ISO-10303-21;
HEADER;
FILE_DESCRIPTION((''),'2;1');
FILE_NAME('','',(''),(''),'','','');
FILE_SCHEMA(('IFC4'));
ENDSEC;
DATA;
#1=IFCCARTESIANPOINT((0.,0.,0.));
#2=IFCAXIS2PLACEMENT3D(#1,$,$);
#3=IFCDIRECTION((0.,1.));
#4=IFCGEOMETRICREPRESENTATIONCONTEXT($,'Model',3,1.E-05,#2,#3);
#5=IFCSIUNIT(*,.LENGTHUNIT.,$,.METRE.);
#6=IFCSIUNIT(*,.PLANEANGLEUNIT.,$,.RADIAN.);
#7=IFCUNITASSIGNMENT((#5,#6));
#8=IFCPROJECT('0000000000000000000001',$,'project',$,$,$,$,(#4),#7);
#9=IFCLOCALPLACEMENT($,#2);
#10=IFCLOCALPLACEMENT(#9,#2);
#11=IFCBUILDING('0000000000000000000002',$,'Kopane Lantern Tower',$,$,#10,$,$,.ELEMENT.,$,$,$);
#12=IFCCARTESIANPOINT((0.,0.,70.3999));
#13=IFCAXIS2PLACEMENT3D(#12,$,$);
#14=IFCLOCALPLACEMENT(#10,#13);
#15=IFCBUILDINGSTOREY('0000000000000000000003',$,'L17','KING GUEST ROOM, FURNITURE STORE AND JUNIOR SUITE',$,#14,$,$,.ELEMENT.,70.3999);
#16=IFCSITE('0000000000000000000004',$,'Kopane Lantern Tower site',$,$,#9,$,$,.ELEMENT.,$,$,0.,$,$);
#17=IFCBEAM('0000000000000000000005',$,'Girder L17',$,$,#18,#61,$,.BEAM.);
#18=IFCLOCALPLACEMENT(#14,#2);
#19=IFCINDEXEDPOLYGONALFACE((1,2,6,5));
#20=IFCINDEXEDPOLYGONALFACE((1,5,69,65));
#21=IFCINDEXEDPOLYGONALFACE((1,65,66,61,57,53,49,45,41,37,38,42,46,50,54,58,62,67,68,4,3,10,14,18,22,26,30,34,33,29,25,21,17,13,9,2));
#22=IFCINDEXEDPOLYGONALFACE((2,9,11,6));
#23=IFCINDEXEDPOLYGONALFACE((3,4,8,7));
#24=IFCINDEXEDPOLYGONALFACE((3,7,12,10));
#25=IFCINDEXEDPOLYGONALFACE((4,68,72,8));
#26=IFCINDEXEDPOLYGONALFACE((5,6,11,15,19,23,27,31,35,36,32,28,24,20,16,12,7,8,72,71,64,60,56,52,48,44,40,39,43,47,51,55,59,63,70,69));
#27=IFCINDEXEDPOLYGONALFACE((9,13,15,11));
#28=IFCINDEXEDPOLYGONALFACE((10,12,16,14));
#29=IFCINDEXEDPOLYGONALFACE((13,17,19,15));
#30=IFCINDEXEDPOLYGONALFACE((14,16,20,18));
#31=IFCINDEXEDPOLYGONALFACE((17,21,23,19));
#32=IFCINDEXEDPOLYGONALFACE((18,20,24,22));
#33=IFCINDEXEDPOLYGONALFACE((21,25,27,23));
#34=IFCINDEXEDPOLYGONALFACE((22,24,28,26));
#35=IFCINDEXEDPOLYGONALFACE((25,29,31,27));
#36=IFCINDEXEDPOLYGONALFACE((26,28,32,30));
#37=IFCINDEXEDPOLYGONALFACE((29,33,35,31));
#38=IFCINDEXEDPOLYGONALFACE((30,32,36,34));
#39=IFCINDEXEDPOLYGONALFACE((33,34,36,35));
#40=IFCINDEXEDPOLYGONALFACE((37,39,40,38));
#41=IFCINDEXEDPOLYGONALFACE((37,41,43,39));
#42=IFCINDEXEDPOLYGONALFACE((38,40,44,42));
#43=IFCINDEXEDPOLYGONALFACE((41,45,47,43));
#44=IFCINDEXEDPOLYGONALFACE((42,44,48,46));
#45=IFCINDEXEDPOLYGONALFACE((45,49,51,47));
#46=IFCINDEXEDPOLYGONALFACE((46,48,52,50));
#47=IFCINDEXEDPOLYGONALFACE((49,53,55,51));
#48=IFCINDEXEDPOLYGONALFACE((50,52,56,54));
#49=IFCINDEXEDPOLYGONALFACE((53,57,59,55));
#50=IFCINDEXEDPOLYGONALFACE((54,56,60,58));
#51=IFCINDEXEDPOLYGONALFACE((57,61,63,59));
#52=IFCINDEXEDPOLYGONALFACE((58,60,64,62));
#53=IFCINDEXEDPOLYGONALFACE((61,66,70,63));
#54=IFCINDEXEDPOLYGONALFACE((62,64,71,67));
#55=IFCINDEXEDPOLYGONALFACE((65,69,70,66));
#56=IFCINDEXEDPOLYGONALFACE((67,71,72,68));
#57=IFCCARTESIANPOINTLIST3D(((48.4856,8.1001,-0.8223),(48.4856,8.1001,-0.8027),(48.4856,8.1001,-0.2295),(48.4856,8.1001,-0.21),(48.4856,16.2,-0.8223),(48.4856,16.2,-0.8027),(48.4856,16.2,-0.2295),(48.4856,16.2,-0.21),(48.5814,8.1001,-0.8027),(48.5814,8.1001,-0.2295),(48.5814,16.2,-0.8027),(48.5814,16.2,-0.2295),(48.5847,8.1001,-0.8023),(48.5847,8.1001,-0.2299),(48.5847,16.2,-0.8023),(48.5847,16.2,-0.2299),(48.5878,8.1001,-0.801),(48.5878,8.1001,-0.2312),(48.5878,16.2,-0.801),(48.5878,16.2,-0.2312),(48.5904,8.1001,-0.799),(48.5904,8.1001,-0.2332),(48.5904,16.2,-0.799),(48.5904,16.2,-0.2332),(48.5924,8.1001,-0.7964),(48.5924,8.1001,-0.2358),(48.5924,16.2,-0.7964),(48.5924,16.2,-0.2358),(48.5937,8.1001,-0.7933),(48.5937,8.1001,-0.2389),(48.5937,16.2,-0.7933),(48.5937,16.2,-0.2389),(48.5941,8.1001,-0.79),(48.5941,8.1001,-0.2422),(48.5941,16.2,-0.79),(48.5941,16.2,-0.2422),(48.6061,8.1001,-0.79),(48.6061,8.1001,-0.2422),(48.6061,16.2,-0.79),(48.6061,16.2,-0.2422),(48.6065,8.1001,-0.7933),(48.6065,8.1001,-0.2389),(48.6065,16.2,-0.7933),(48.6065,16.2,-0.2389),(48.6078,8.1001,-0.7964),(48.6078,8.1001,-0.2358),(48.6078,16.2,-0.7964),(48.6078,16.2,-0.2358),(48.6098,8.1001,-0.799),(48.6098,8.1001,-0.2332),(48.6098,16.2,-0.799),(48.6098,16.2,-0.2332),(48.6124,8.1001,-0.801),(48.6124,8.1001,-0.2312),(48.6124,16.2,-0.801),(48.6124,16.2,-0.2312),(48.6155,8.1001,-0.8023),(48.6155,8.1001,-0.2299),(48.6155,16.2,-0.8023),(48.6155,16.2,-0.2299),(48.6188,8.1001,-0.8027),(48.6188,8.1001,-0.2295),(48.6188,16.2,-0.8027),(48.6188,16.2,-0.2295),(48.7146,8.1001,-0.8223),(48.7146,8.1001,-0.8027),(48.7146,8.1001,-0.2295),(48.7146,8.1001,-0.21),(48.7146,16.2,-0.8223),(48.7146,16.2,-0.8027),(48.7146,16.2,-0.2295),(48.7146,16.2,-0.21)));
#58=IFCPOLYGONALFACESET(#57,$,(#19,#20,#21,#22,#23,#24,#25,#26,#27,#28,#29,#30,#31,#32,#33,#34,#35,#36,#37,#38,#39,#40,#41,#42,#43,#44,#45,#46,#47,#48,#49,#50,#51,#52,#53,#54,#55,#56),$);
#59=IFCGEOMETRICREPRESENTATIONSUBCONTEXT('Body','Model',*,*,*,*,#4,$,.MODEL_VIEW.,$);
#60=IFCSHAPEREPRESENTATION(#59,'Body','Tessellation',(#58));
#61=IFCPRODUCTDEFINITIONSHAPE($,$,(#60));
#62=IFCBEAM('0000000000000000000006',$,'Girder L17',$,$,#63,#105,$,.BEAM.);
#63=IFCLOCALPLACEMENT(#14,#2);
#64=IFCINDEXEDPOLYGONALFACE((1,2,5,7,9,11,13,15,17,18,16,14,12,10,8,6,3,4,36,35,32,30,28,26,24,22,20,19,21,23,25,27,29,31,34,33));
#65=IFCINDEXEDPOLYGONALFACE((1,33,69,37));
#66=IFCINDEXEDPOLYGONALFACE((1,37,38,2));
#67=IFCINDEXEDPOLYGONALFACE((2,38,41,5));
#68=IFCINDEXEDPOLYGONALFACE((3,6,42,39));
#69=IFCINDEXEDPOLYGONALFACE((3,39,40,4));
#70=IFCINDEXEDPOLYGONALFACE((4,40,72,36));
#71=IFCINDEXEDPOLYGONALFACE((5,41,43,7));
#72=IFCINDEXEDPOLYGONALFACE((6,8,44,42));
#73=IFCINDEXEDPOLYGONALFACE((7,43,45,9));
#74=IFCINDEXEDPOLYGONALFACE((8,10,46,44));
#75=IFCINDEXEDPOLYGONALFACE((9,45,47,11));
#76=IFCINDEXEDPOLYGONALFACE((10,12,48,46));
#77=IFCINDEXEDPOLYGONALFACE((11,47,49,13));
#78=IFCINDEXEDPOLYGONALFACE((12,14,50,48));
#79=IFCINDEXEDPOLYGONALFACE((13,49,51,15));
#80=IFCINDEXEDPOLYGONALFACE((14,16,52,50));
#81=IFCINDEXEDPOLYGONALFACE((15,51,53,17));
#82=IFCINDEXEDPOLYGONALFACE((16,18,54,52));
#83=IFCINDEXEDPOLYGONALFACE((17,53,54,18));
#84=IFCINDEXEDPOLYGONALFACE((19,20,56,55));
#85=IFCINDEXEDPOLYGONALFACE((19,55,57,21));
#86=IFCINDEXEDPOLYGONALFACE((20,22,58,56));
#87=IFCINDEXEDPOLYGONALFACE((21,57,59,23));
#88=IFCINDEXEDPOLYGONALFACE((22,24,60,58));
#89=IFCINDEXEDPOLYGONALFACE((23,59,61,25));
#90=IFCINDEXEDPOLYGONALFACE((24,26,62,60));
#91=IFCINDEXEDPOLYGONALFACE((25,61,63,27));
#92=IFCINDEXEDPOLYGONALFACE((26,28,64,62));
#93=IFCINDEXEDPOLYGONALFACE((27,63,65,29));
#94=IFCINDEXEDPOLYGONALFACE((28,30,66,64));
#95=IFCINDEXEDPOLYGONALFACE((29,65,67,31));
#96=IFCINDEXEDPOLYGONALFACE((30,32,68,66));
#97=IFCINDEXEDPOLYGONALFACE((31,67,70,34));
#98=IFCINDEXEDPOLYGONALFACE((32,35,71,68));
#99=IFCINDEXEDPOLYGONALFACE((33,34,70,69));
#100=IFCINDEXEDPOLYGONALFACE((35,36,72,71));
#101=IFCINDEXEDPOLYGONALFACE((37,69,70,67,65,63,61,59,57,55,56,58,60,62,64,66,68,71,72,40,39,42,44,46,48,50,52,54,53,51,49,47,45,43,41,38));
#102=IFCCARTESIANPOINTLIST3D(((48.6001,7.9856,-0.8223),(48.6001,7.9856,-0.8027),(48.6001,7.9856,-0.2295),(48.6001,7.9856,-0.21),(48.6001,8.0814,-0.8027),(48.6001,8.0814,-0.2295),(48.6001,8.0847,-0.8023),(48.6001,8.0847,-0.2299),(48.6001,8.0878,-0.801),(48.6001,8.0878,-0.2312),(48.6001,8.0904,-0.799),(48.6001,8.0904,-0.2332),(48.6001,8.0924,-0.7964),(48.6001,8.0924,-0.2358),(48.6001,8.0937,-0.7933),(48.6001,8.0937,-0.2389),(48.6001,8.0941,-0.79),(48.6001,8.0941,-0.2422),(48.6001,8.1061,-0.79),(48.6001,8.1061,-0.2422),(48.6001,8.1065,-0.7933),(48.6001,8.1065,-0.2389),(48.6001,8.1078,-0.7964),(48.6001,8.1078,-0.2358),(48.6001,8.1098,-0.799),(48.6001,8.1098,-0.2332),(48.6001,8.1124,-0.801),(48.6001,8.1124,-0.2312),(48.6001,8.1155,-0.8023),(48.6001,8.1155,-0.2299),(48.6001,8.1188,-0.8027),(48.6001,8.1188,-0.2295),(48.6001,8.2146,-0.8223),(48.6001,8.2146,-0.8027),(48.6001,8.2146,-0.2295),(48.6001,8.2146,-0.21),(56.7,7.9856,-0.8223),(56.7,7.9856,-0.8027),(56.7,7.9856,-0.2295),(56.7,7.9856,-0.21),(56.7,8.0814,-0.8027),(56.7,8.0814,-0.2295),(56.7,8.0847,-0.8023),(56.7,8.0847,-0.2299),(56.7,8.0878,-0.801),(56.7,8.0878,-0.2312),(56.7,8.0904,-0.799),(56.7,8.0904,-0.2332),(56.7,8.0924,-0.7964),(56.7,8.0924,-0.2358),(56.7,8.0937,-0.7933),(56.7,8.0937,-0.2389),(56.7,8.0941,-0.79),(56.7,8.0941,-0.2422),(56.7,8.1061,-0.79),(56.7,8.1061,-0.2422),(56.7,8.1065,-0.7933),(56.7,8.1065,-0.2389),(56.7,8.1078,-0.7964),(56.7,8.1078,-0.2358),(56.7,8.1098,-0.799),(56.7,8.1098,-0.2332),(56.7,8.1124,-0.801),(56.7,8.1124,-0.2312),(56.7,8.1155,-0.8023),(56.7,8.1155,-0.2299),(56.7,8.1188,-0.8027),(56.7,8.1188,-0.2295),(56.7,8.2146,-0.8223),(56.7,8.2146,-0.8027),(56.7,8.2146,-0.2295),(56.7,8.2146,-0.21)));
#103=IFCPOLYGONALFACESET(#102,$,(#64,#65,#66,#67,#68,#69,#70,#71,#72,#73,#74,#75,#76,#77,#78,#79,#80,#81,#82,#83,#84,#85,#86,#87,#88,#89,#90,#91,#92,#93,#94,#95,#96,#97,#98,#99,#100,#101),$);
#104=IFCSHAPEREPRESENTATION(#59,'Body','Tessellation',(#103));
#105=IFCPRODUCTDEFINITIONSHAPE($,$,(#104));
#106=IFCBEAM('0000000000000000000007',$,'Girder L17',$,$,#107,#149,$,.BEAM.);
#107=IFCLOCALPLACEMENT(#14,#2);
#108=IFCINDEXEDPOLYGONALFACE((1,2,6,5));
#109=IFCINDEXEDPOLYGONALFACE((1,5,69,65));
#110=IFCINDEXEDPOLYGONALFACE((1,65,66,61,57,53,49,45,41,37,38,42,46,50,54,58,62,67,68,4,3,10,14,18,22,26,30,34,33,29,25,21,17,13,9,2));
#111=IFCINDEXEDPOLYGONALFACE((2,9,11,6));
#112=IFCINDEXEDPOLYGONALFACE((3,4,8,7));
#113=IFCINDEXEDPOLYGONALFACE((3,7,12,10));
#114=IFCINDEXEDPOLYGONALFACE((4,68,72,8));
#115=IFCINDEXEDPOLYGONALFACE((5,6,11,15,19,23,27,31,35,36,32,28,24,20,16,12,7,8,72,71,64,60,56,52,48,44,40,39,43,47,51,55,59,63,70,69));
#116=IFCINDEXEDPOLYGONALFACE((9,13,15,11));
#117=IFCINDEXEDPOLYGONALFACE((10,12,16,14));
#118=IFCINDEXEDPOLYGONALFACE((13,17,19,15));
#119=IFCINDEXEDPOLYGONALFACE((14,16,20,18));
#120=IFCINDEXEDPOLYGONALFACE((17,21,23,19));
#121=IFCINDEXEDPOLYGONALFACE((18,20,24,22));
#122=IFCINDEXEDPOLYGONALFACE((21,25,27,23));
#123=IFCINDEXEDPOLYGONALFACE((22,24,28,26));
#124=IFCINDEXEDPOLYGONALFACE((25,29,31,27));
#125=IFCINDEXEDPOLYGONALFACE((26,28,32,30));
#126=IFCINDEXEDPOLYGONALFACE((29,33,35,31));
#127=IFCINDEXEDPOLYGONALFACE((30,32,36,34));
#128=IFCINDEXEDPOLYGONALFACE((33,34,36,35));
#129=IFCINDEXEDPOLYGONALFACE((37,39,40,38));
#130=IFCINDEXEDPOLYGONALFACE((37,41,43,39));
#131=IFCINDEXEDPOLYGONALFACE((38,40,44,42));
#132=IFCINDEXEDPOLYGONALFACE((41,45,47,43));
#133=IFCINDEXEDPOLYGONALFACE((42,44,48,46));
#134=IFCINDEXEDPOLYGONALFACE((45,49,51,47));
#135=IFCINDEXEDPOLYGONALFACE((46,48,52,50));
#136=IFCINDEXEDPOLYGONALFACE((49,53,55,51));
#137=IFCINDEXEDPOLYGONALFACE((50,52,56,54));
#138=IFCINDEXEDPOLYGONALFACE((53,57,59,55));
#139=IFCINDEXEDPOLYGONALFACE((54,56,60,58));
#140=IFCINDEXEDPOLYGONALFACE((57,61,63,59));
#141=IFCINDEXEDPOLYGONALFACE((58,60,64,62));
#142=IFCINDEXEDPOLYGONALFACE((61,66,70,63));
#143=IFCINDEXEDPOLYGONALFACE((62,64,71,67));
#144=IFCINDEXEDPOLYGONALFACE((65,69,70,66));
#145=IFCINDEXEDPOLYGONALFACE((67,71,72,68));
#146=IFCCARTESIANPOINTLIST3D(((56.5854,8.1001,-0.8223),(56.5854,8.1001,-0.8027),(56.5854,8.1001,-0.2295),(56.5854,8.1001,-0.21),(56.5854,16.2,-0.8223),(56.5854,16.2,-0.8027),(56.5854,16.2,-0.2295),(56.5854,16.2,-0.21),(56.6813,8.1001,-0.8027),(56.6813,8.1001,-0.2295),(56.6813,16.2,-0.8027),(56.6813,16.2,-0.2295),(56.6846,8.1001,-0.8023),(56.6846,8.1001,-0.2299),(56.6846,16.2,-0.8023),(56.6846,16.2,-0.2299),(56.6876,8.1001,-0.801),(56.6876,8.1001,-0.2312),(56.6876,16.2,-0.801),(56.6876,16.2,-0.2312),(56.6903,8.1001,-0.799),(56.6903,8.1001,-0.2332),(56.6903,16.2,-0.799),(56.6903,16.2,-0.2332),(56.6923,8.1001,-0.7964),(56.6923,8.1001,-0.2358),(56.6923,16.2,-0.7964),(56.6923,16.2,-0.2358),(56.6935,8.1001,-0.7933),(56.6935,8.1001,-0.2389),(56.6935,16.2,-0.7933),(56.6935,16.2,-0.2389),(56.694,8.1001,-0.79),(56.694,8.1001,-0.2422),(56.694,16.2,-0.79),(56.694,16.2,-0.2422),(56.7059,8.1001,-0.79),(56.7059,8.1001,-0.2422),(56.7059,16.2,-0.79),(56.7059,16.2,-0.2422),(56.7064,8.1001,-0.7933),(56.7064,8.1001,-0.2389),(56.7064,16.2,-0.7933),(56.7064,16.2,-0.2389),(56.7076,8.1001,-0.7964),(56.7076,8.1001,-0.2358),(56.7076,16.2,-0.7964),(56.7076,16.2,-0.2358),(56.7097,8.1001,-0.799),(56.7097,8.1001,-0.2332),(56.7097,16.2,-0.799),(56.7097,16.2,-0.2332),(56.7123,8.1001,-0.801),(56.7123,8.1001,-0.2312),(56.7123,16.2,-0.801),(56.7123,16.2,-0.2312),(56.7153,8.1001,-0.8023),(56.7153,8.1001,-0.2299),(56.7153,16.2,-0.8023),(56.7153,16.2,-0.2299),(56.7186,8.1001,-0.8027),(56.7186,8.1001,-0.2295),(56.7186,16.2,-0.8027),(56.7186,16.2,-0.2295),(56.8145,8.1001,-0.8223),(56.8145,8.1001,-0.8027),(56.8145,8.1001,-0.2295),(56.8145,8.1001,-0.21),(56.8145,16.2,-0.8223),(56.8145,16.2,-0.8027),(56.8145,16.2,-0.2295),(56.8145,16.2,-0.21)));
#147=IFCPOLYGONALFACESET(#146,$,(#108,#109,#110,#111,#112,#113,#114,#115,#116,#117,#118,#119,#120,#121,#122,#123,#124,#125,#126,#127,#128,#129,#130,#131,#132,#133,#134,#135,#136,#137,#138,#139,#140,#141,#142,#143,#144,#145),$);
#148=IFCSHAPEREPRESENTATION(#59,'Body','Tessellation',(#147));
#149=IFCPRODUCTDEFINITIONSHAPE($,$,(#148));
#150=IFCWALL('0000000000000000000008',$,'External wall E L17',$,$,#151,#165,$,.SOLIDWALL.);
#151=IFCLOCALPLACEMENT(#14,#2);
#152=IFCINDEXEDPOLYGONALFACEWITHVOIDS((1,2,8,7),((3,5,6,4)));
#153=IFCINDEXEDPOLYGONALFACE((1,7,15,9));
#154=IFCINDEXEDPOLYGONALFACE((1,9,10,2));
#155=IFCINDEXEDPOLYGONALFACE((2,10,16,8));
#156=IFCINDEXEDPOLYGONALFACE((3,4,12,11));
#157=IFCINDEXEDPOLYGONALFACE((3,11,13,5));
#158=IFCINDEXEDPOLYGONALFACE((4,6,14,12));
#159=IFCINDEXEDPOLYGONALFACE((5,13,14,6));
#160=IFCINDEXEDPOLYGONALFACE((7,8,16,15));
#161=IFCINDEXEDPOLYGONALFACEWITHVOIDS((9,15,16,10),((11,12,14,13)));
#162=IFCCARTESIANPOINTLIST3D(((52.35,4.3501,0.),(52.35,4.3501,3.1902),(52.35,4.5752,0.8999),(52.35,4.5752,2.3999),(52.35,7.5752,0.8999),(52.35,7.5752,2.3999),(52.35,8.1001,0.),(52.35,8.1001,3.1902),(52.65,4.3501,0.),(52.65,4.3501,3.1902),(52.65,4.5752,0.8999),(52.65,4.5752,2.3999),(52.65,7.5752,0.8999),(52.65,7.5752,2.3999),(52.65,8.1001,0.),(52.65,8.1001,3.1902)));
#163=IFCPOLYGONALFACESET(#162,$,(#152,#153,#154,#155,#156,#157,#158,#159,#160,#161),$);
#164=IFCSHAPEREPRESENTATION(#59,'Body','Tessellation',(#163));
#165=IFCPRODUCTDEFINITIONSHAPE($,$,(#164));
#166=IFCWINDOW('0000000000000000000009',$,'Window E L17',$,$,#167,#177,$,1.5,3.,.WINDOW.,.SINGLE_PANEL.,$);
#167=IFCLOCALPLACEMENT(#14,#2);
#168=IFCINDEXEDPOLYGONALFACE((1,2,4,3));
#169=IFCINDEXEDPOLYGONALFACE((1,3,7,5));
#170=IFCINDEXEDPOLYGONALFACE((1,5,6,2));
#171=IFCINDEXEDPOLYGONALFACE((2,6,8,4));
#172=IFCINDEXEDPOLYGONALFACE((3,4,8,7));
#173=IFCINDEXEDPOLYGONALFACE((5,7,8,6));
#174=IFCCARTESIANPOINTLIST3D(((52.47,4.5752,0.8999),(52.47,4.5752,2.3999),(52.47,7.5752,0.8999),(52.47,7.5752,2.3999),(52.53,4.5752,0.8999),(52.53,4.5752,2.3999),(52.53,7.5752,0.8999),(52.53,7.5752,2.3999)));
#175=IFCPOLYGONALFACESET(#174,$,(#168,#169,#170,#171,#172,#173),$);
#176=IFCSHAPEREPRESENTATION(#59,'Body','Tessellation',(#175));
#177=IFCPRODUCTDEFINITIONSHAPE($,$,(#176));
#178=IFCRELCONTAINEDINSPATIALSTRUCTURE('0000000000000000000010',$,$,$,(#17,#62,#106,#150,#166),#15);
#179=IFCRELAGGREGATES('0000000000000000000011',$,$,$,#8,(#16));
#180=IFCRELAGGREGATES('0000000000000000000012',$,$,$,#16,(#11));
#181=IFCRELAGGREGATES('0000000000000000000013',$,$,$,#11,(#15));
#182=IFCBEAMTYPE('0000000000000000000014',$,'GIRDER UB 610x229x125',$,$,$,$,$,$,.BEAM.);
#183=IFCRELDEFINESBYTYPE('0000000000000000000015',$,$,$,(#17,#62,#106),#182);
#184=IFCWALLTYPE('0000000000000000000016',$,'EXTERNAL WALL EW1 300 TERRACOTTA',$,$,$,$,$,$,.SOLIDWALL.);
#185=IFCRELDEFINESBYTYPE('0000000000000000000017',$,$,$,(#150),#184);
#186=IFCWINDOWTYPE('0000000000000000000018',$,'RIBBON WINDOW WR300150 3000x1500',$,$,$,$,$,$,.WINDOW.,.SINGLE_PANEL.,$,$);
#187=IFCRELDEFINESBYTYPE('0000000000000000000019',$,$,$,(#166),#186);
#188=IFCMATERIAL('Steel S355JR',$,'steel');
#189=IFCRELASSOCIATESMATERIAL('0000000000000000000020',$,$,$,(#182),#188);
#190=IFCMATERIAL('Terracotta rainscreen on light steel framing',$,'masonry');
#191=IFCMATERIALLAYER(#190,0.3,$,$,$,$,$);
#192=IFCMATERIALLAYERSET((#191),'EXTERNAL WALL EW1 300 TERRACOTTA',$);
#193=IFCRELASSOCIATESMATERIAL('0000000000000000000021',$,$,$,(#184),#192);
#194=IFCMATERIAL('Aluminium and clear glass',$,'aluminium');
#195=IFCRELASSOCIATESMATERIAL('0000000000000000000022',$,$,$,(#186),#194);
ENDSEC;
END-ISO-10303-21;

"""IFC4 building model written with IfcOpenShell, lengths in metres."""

from ifc_helpers import new_model, si_unit, direction, frame, frame_2d, origin, origin_2d, place, context, subcontext, project, spatial, rectangle, i_section, extrude, material, layer, layer_set, material_profile, profile_set, type_object, element, fill, save


model = new_model("IFC4")

# Units and contexts
model_context = context("Model", 3, precision=1e-05, world=origin(), true_north=direction((0.0, 1.0)))
body_context = subcontext(model_context, "Body", "Model", "MODEL_VIEW")
ifc_project = project(units=[si_unit("LENGTHUNIT", "METRE"), si_unit("PLANEANGLEUNIT", "RADIAN")], contexts=[model_context])

# Site, building, storey
site_placement = place(None, origin())
site = spatial("IfcSite", under=ifc_project, at=site_placement, Name="Kopane Lantern Tower site", CompositionType="ELEMENT", RefElevation=0.0)
building_placement = place(site_placement, origin())
building = spatial("IfcBuilding", under=site, at=building_placement, Name="Kopane Lantern Tower", CompositionType="ELEMENT")
storey_placement = place(building_placement, frame((0.0, 0.0, 70.3999)))
storey = spatial("IfcBuildingStorey", under=building, at=storey_placement, Name="L17", Description="KING GUEST ROOM, FURNITURE STORE AND JUNIOR SUITE", CompositionType="ELEMENT", Elevation=70.3999)

# Beams
ifc_material_1 = material(Name="Steel S355JR", Category="steel")
ifc_material_profile_1 = material_profile(ifc_material_1, i_section(OverallWidth=0.229, OverallDepth=0.6123, WebThickness=0.012, FlangeThickness=0.0195, FilletRadius=0.0127, at=origin_2d()), Name="UB 610x229x125")
ifc_profile_set_1 = profile_set([ifc_material_profile_1], Name="Steel S355JR")
beam_type_1 = type_object("IfcBeamType", Name="GIRDER UB 610x229x125", PredefinedType="BEAM", material=ifc_profile_set_1)
for number, where, z_axis, x_axis, name in (
    (1, (48.6001, 8.1001, -0.5161), (0.0, 1.0, 0.0), (-1.0, 0.0, 0.0), "Girder L17"),
    (2, (48.6001, 8.1001, -0.5161), (1.0, 0.0, 0.0), (0.0, 1.0, 0.0), "Girder L17"),
    (3, (56.7, 8.1001, -0.5161), (0.0, 1.0, 0.0), (-1.0, 0.0, 0.0), "Girder L17"),
):
    element("IfcBeam", number, at=place(storey_placement, frame(where, z_axis=z_axis, x_axis=x_axis)), inside=storey, type_object=beam_type_1, Name=name, PredefinedType="BEAM", context=body_context, shape_type="SweptSolid", body=[
        extrude(i_section(OverallWidth=0.229, OverallDepth=0.6123, WebThickness=0.012, FlangeThickness=0.0195, FilletRadius=0.0127, at=origin_2d()), origin(), (0.0, 0.0, 1.0), 8.0999),
    ])

# Wall, opening, window
ifc_material_2 = material(Name="Terracotta rainscreen on light steel framing", Category="masonry")
ifc_layer = layer(ifc_material_2, 0.3)
ifc_layer_set = layer_set([ifc_layer], Name="EXTERNAL WALL EW1 300 TERRACOTTA")
wall_type = type_object("IfcWallType", Name="EXTERNAL WALL EW1 300 TERRACOTTA", PredefinedType="SOLIDWALL", material=ifc_layer_set)
wall_1_placement = place(storey_placement, frame((52.5, 4.3501, 0.0), z_axis=(0.0, 0.0, 1.0), x_axis=(0.0, 1.0, 0.0)))
wall_1 = element("IfcWall", 4, at=wall_1_placement, inside=storey, type_object=wall_type, Name="External wall E L17", PredefinedType="SOLIDWALL", context=body_context, shape_type="SweptSolid", body=[
    extrude(rectangle(XDim=3.75, YDim=0.3, at=frame_2d((1.875, 0.0))), origin(), (0.0, 0.0, 1.0), 3.1902),
])
opening_1_placement = place(wall_1_placement, frame((0.2251, 0.0, 0.8999)))
opening_1 = element("IfcOpeningElement", 5, at=opening_1_placement, cuts=wall_1, PredefinedType="OPENING", context=body_context, shape_type="SweptSolid", body=[
    extrude(rectangle(XDim=3.0, YDim=1.5, at=frame_2d((1.5, 0.75))), frame((0.0, 0.1599, 0.0), z_axis=(0.0, -1.0, 0.0), x_axis=(1.0, 0.0, 0.0)), (0.0, 0.0, 1.0), 0.3201),
])
ifc_material_3 = material(Name="Aluminium and clear glass", Category="aluminium")
window_type_1 = type_object("IfcWindowType", Name="RIBBON WINDOW WR300150 3000x1500", PartitioningType="SINGLE_PANEL", PredefinedType="WINDOW", material=ifc_material_3)
window_1_placement = place(opening_1_placement, origin())
window_1 = element("IfcWindow", 6, at=window_1_placement, inside=storey, type_object=window_type_1, Name="Window E L17", OverallHeight=1.5, OverallWidth=3.0, PartitioningType="SINGLE_PANEL", PredefinedType="WINDOW", context=body_context, shape_type="SweptSolid", body=[
    extrude(rectangle(XDim=3.0, YDim=1.5, at=frame_2d((1.5, 0.75))), frame((0.0, 0.03, 0.0), z_axis=(0.0, -1.0, 0.0), x_axis=(1.0, 0.0, 0.0)), (0.0, 0.0, 1.0), 0.0601),
])
fill(opening_1, window_1)

save(model, "model.ifc")
